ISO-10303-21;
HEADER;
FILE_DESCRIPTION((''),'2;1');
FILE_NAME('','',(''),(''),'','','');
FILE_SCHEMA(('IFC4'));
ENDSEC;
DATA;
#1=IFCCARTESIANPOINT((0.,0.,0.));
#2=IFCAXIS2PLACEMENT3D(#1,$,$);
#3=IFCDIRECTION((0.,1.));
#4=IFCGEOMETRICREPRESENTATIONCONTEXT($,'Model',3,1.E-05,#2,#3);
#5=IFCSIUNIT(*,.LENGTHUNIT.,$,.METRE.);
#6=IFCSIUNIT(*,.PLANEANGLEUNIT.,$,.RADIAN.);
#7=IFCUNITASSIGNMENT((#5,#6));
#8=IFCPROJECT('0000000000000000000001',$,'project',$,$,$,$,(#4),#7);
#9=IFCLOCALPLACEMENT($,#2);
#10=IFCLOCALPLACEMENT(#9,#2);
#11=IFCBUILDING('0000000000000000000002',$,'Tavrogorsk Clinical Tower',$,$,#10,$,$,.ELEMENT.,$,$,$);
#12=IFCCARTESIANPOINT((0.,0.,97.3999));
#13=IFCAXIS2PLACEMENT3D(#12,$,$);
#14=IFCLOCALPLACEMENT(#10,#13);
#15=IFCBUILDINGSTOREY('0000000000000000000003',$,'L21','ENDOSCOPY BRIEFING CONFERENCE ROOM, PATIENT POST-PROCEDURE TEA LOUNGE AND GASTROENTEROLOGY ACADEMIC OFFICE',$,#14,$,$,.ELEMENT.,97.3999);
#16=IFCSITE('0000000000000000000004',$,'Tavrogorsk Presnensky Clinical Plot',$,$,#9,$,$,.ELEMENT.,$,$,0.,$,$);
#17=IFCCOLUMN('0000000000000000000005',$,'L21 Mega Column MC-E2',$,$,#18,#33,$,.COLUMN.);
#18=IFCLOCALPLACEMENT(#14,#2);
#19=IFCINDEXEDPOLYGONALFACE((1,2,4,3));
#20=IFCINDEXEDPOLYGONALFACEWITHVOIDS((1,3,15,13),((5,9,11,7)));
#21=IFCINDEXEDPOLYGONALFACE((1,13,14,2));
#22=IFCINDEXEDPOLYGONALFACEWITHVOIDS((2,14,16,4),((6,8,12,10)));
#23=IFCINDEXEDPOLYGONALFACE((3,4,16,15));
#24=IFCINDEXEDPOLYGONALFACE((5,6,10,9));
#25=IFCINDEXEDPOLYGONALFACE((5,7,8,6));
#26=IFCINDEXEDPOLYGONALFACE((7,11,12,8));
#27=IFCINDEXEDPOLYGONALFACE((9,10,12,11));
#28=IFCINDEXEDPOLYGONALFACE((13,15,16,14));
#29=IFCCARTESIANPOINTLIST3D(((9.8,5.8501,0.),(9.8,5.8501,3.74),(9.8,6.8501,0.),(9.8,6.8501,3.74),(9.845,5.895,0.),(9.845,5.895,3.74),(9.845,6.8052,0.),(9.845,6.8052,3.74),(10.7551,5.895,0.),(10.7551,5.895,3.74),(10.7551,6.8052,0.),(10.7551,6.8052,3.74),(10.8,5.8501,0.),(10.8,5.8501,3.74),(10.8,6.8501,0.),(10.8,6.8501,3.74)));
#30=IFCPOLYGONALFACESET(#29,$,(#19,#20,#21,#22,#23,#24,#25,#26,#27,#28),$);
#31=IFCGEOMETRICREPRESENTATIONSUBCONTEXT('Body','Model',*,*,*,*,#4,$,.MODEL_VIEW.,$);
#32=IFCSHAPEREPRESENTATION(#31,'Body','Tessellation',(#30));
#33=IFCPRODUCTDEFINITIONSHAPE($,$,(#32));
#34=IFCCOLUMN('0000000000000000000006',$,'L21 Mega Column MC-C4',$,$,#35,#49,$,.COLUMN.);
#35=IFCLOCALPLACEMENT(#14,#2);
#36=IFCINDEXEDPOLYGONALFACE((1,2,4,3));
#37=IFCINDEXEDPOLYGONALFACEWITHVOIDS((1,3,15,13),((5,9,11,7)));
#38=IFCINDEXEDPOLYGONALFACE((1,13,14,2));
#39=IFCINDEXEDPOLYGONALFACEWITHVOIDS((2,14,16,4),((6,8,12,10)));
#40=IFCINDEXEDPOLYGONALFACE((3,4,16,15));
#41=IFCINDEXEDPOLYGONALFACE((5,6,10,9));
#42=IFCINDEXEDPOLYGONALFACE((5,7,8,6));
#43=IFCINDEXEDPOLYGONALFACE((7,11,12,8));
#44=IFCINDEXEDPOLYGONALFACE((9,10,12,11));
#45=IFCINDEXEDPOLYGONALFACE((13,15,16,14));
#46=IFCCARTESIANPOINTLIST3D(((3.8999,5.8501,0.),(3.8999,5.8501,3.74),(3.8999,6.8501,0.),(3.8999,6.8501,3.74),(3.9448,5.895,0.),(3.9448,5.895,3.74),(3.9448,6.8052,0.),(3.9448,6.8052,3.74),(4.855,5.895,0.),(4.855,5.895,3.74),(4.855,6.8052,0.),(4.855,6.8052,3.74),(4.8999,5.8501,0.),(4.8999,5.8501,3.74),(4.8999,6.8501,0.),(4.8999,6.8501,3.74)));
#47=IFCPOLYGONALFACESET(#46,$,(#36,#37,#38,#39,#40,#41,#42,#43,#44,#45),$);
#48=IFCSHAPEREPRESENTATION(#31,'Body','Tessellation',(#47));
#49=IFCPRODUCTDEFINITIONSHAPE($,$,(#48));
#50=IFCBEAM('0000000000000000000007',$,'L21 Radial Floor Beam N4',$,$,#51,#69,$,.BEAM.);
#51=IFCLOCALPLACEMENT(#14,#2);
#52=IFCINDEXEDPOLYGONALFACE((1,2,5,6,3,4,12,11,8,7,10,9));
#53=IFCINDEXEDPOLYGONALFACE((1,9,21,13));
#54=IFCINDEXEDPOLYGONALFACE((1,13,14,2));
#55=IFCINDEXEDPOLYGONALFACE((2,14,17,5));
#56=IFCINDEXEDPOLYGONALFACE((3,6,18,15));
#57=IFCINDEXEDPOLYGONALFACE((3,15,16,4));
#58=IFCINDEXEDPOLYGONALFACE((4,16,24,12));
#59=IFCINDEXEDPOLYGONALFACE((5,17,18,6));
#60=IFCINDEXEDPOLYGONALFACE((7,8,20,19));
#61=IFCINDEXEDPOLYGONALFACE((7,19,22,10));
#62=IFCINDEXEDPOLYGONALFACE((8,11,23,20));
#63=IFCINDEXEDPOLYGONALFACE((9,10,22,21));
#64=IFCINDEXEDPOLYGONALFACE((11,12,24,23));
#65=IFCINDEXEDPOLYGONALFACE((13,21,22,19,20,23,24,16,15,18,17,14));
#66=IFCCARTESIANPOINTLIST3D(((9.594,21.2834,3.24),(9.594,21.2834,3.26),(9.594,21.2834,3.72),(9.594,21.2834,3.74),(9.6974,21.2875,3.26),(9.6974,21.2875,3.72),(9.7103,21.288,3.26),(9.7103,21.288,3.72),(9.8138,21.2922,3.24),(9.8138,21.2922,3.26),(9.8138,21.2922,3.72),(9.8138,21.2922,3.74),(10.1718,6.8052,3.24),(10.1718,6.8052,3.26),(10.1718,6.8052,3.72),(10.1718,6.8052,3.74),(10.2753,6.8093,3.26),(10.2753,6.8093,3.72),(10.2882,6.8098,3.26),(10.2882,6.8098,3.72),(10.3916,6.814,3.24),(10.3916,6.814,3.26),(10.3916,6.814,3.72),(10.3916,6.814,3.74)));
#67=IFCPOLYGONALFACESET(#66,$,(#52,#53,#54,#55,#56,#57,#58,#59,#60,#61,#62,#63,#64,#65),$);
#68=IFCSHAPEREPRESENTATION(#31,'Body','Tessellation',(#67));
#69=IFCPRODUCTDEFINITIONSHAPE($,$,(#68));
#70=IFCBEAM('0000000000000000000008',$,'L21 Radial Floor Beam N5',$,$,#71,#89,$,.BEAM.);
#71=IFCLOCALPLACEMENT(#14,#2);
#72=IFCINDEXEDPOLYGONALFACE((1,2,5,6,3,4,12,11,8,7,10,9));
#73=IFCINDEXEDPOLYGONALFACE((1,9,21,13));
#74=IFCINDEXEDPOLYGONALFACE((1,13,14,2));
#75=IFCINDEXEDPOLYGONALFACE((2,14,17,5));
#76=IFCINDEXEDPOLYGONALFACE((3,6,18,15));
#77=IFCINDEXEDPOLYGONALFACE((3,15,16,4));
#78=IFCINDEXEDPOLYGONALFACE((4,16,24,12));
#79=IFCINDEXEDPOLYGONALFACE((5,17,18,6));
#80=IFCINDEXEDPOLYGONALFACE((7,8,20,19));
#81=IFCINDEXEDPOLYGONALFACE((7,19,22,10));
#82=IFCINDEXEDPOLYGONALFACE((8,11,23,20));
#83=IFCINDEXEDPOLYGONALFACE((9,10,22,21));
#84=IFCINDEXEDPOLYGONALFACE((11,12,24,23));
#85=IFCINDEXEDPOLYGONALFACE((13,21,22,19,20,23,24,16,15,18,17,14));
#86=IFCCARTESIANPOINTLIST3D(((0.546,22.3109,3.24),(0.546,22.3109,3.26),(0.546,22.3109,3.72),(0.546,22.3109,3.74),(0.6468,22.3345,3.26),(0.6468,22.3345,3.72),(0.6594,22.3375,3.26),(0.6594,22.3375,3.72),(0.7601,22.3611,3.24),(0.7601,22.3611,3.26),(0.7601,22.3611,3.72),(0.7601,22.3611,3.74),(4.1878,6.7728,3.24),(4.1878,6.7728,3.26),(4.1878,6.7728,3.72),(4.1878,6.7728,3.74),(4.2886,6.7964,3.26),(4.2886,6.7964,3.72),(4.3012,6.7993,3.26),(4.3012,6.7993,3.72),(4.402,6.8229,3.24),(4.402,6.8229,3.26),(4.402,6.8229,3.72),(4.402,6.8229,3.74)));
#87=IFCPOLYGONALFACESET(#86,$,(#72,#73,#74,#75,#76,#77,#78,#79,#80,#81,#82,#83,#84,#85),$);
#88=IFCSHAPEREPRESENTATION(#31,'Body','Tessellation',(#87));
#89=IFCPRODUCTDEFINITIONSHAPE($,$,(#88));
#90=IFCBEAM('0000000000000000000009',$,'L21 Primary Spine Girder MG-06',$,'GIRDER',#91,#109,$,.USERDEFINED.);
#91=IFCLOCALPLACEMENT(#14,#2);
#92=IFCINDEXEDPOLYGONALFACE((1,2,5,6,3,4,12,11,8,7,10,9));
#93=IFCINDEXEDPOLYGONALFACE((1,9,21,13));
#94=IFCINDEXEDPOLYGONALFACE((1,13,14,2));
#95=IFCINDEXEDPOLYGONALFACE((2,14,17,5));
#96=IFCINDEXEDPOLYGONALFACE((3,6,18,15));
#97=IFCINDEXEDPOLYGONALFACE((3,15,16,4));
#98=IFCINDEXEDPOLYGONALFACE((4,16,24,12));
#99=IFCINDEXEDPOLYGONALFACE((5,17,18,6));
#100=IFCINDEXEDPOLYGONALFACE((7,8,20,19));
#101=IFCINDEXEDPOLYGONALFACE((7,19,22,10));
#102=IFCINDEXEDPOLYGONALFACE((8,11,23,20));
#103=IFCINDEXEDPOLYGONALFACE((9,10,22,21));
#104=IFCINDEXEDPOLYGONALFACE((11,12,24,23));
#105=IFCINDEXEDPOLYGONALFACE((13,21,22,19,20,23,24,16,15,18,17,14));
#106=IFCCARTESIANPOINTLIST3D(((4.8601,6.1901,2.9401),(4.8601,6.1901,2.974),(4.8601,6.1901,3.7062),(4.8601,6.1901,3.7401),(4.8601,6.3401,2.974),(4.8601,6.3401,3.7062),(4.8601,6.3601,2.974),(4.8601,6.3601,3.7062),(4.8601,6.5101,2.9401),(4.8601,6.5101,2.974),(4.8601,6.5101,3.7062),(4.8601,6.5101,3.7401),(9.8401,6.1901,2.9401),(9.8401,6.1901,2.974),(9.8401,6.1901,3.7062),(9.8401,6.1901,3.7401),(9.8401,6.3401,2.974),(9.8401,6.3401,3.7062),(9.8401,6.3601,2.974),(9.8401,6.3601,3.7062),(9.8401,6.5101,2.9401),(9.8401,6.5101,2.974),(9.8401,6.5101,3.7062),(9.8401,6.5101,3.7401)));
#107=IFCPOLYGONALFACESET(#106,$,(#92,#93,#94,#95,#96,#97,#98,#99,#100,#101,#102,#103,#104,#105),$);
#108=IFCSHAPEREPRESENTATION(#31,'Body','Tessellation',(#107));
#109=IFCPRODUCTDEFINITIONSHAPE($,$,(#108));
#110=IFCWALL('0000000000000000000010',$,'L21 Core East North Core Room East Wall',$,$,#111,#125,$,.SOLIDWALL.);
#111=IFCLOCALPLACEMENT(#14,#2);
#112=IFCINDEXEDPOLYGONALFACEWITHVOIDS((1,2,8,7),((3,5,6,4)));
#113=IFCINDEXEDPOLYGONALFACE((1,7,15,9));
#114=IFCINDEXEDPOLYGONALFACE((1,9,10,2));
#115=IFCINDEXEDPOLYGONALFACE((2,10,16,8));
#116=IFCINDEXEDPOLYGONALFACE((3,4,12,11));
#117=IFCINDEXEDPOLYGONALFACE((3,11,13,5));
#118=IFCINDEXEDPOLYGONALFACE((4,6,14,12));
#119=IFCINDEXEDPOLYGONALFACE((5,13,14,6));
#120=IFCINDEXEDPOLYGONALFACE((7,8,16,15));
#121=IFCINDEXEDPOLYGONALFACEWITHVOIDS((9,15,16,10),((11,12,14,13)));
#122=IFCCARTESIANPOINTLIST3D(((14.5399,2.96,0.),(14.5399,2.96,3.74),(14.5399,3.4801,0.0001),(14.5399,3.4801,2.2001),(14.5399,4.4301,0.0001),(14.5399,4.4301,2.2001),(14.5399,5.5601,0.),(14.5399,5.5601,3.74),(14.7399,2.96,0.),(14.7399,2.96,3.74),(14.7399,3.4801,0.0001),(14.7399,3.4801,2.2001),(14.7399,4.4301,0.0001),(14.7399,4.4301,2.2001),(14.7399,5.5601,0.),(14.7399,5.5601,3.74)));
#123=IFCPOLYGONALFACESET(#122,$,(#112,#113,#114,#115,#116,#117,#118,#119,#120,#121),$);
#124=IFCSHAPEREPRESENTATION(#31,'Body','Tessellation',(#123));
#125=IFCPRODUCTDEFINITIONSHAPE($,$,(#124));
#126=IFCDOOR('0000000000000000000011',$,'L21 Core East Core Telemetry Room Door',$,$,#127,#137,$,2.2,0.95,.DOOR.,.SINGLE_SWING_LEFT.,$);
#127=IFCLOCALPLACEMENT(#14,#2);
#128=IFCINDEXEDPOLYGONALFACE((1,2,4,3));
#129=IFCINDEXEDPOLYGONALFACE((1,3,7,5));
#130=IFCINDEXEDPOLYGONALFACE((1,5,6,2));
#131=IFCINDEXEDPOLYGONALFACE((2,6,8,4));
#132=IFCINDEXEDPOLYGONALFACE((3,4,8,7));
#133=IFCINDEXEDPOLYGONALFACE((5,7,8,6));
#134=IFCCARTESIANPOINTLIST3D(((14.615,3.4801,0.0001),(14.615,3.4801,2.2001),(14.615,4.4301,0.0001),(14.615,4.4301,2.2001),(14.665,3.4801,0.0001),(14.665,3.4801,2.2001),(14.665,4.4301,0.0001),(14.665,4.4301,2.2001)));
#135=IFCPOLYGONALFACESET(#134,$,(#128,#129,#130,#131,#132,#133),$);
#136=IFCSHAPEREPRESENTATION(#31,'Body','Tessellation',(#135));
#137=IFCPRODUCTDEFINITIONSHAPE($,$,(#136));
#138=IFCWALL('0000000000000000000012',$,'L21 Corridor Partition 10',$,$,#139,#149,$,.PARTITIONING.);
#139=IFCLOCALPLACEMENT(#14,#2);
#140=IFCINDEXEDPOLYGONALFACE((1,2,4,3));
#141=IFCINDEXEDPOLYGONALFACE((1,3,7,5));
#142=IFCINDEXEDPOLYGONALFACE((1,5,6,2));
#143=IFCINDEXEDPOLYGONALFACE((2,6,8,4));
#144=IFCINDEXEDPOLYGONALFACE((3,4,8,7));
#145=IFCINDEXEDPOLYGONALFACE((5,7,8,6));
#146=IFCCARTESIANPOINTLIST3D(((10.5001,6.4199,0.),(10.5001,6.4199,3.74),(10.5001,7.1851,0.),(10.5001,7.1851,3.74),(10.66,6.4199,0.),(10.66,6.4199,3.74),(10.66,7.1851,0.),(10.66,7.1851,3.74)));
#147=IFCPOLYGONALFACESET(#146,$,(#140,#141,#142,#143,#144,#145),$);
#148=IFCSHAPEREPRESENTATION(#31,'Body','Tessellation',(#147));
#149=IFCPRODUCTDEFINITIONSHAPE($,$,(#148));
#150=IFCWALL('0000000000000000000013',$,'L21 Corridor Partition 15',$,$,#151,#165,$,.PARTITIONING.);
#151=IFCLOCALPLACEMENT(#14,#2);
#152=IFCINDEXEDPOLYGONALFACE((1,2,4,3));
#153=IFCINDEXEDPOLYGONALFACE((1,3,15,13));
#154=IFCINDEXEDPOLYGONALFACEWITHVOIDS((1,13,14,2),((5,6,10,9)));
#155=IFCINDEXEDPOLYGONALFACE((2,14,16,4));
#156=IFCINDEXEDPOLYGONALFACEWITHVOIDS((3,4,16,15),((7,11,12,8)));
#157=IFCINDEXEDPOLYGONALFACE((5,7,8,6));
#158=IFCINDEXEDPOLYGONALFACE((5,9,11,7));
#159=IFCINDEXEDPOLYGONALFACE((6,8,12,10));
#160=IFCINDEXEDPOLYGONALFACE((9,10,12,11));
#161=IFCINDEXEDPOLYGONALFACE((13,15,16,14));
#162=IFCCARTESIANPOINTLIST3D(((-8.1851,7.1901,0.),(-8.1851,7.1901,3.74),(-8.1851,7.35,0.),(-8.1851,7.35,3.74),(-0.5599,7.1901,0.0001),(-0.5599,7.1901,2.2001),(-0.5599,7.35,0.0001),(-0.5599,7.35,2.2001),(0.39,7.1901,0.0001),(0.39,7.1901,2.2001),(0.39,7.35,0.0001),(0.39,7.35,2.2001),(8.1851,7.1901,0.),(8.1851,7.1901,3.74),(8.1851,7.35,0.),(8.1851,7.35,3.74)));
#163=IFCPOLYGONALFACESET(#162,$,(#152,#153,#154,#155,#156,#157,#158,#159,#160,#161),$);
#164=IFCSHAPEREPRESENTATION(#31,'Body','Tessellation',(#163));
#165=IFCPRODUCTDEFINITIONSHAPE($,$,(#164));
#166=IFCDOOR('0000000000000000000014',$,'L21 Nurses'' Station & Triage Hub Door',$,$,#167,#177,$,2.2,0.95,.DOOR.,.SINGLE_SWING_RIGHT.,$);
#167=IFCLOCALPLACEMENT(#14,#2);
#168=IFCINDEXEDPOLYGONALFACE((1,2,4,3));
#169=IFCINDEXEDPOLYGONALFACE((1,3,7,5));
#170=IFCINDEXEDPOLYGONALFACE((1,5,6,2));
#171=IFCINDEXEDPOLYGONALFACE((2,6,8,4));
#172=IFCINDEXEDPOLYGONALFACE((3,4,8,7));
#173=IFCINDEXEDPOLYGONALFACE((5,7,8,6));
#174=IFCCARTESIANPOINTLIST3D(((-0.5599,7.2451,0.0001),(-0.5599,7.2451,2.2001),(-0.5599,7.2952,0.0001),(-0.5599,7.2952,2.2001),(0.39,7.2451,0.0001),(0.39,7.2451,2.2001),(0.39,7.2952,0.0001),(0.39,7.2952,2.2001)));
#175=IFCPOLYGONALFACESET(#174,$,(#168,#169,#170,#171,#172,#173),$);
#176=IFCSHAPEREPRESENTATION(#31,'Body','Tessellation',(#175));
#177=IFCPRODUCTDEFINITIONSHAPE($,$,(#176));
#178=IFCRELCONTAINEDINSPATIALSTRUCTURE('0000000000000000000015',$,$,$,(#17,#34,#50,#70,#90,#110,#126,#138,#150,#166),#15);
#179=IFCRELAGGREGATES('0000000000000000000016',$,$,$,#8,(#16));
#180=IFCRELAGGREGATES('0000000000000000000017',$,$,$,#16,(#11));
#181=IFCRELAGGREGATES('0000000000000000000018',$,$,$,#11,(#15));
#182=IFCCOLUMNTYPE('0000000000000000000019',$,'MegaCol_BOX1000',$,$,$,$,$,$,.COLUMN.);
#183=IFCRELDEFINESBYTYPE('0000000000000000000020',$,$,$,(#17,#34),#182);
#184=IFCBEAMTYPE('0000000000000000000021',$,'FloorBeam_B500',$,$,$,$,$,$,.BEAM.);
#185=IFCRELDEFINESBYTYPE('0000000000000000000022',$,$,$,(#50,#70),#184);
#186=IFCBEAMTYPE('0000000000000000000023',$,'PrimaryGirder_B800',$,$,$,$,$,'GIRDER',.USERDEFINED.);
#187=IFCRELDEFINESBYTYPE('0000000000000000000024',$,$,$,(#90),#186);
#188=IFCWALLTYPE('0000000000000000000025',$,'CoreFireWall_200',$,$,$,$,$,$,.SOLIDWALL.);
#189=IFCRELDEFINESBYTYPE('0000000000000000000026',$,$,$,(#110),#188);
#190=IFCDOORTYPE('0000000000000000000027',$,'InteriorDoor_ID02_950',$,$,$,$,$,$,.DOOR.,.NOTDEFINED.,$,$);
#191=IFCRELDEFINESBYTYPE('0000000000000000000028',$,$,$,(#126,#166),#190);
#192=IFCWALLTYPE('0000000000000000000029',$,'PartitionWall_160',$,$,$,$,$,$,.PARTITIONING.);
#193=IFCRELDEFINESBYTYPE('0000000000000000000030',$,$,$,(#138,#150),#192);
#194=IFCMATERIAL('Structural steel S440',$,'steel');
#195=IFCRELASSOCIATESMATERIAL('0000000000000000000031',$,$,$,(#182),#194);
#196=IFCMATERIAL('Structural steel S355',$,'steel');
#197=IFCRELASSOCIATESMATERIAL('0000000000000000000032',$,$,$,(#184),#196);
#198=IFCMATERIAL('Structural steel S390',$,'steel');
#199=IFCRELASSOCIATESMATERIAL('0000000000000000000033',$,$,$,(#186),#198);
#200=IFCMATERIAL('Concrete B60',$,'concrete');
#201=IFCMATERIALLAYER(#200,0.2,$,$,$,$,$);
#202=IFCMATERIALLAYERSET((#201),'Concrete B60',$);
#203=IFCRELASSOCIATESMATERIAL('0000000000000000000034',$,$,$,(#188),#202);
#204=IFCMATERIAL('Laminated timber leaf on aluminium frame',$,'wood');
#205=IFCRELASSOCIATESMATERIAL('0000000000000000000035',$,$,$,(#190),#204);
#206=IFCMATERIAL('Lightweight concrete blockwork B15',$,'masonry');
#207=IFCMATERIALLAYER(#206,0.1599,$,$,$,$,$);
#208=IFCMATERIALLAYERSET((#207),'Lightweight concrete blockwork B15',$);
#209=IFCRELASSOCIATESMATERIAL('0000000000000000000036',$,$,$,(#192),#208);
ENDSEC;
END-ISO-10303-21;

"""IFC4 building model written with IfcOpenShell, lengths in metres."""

from ifc_helpers import new_model, si_unit, direction, frame, frame_2d, origin, origin_2d, place, context, subcontext, project, spatial, rectangle, hollow_rectangle, i_section, extrude, material, layer, layer_set, material_profile, profile_set, type_object, element, fill, save


model = new_model("IFC4")

# Units and contexts
model_context = context("Model", 3, precision=1e-05, world=origin(), true_north=direction((0.0, 1.0)))
body_context = subcontext(model_context, "Body", "Model", "MODEL_VIEW")
ifc_project = project(units=[si_unit("LENGTHUNIT", "METRE"), si_unit("PLANEANGLEUNIT", "RADIAN")], contexts=[model_context])

# Site, building, storey
site_placement = place(None, origin())
site = spatial("IfcSite", under=ifc_project, at=site_placement, Name="Tavrogorsk Presnensky Clinical Plot", CompositionType="ELEMENT", RefElevation=0.0)
building_placement = place(site_placement, origin())
building = spatial("IfcBuilding", under=site, at=building_placement, Name="Tavrogorsk Clinical Tower", CompositionType="ELEMENT")
storey_placement = place(building_placement, frame((0.0, 0.0, 97.3999)))
storey = spatial("IfcBuildingStorey", under=building, at=storey_placement, Name="L21", Description="ENDOSCOPY BRIEFING CONFERENCE ROOM, PATIENT POST-PROCEDURE TEA LOUNGE AND GASTROENTEROLOGY ACADEMIC OFFICE", CompositionType="ELEMENT", Elevation=97.3999)

# Columns
ifc_material_1 = material(Name="Structural steel S440", Category="steel")
ifc_material_profile_1 = material_profile(ifc_material_1, hollow_rectangle(XDim=1.0, YDim=1.0, WallThickness=0.0449, at=origin_2d()), Name="BOX-1000x1000x45")
ifc_profile_set_1 = profile_set([ifc_material_profile_1], Name="Structural steel S440")
column_type = type_object("IfcColumnType", Name="MegaCol_BOX1000", PredefinedType="COLUMN", material=ifc_profile_set_1)
for number, where, z_axis, x_axis, name in (
    (1, (10.3, 6.3501, 0.0), (0.0, 0.0, 1.0), (1.0, 0.0, 0.0), "L21 Mega Column MC-E2"),
    (2, (4.3999, 6.3501, 0.0), (0.0, 0.0, 1.0), (1.0, 0.0, 0.0), "L21 Mega Column MC-C4"),
):
    element("IfcColumn", number, at=place(storey_placement, frame(where, z_axis=z_axis, x_axis=x_axis)), inside=storey, type_object=column_type, Name=name, PredefinedType="COLUMN", context=body_context, shape_type="SweptSolid", body=[
        extrude(hollow_rectangle(XDim=1.0, YDim=1.0, WallThickness=0.0449, at=origin_2d()), origin(), (0.0, 0.0, 1.0), 3.74),
    ])

# Beams
ifc_material_2 = material(Name="Structural steel S355", Category="steel")
ifc_material_profile_2 = material_profile(ifc_material_2, i_section(OverallWidth=0.22, OverallDepth=0.5, WebThickness=0.0129, FlangeThickness=0.02, at=origin_2d()), Name="B-500x220x13x20")
ifc_profile_set_2 = profile_set([ifc_material_profile_2], Name="Structural steel S355")
beam_type_1 = type_object("IfcBeamType", Name="FloorBeam_B500", PredefinedType="BEAM", material=ifc_profile_set_2)
beam_1_placement = place(storey_placement, frame((10.2817, 6.8096, 3.49), z_axis=(-0.039882, 0.999204, 0.0), x_axis=(-0.999204, -0.039882, 0.0)))
element("IfcBeam", 3, at=beam_1_placement, inside=storey, type_object=beam_type_1, Name="L21 Radial Floor Beam N4", PredefinedType="BEAM", context=body_context, shape_type="SweptSolid", body=[
    extrude(i_section(OverallWidth=0.22, OverallDepth=0.5, WebThickness=0.0129, FlangeThickness=0.02, at=origin_2d()), origin(), (0.0, 0.0, 1.0), 14.4897),
])
beam_2_placement = place(storey_placement, frame((4.2949, 6.7979, 3.49), z_axis=(-0.228198, 0.973615, 0.0), x_axis=(-0.973615, -0.228198, 0.0)))
element("IfcBeam", 4, at=beam_2_placement, inside=storey, type_object=beam_type_1, Name="L21 Radial Floor Beam N5", PredefinedType="BEAM", context=body_context, shape_type="SweptSolid", body=[
    extrude(i_section(OverallWidth=0.22, OverallDepth=0.5, WebThickness=0.0129, FlangeThickness=0.02, at=origin_2d()), origin(), (0.0, 0.0, 1.0), 15.9592),
])
ifc_material_3 = material(Name="Structural steel S390", Category="steel")
ifc_material_profile_3 = material_profile(ifc_material_3, i_section(OverallWidth=0.3201, OverallDepth=0.8, WebThickness=0.02, FlangeThickness=0.0339, at=origin_2d()), Name="B-800x320x20x34")
ifc_profile_set_3 = profile_set([ifc_material_profile_3], Name="Structural steel S390")
beam_type_2 = type_object("IfcBeamType", Name="PrimaryGirder_B800", ElementType="GIRDER", PredefinedType="USERDEFINED", material=ifc_profile_set_3)
beam_3_placement = place(storey_placement, frame((4.8601, 6.3501, 3.3401), z_axis=(1.0, 0.0, 0.0), x_axis=(0.0, 1.0, 0.0)))
element("IfcBeam", 5, at=beam_3_placement, inside=storey, type_object=beam_type_2, Name="L21 Primary Spine Girder MG-06", ObjectType="GIRDER", PredefinedType="USERDEFINED", context=body_context, shape_type="SweptSolid", body=[
    extrude(i_section(OverallWidth=0.3201, OverallDepth=0.8, WebThickness=0.02, FlangeThickness=0.0339, at=origin_2d()), origin(), (0.0, 0.0, 1.0), 4.98),
])

# Wall, opening, door
ifc_material_4 = material(Name="Concrete B60", Category="concrete")
ifc_layer_1 = layer(ifc_material_4, 0.2)
ifc_layer_set_1 = layer_set([ifc_layer_1], Name="Concrete B60")
wall_type_1 = type_object("IfcWallType", Name="CoreFireWall_200", PredefinedType="SOLIDWALL", material=ifc_layer_set_1)
wall_1_placement = place(storey_placement, frame((14.6399, 2.96, 0.0), z_axis=(0.0, 0.0, 1.0), x_axis=(0.0, 1.0, 0.0)))
wall_1 = element("IfcWall", 6, at=wall_1_placement, inside=storey, type_object=wall_type_1, Name="L21 Core East North Core Room East Wall", PredefinedType="SOLIDWALL", context=body_context, shape_type="SweptSolid", body=[
    extrude(rectangle(XDim=2.6001, YDim=0.2, at=frame_2d((1.3, 0.0))), origin(), (0.0, 0.0, 1.0), 3.74),
])
opening_1_placement = place(wall_1_placement, frame((0.52, 0.0, 0.0)))
opening_1 = element("IfcOpeningElement", 7, at=opening_1_placement, cuts=wall_1, PredefinedType="OPENING", context=body_context, shape_type="SweptSolid", body=[
    extrude(rectangle(XDim=0.95, YDim=2.2, at=frame_2d((0.4751, 1.1001))), frame((0.0, 0.1099, 0.0), z_axis=(0.0, -1.0, 0.0), x_axis=(1.0, 0.0, 0.0)), (0.0, 0.0, 1.0), 0.22),
])
ifc_material_5 = material(Name="Laminated timber leaf on aluminium frame", Category="wood")
door_type_1 = type_object("IfcDoorType", Name="InteriorDoor_ID02_950", OperationType="NOTDEFINED", PredefinedType="DOOR", material=ifc_material_5)
door_1_placement = place(opening_1_placement, origin())
door_1 = element("IfcDoor", 8, at=door_1_placement, inside=storey, type_object=door_type_1, Name="L21 Core East Core Telemetry Room Door", OperationType="SINGLE_SWING_LEFT", OverallHeight=2.2, OverallWidth=0.95, PredefinedType="DOOR", context=body_context, shape_type="SweptSolid", body=[
    extrude(rectangle(XDim=0.95, YDim=2.2, at=frame_2d((0.4751, 1.1001))), frame((0.0, 0.0249, 0.0), z_axis=(0.0, -1.0, 0.0), x_axis=(1.0, 0.0, 0.0)), (0.0, 0.0, 1.0), 0.05),
])
fill(opening_1, door_1)

# Wall
ifc_material_6 = material(Name="Lightweight concrete blockwork B15", Category="masonry")
ifc_layer_2 = layer(ifc_material_6, 0.1599)
ifc_layer_set_2 = layer_set([ifc_layer_2], Name="Lightweight concrete blockwork B15")
wall_type_2 = type_object("IfcWallType", Name="PartitionWall_160", PredefinedType="PARTITIONING", material=ifc_layer_set_2)
wall_2_placement = place(storey_placement, frame((10.5801, 7.1851, 0.0), z_axis=(0.0, 0.0, 1.0), x_axis=(0.0, -1.0, 0.0)))
element("IfcWall", 9, at=wall_2_placement, inside=storey, type_object=wall_type_2, Name="L21 Corridor Partition 10", PredefinedType="PARTITIONING", context=body_context, shape_type="SweptSolid", body=[
    extrude(rectangle(XDim=0.7651, YDim=0.1599, at=frame_2d((0.3826, 0.0))), origin(), (0.0, 0.0, 1.0), 3.74),
])

# Wall, opening, door
wall_3_placement = place(storey_placement, frame((8.1851, 7.27, 0.0), z_axis=(0.0, 0.0, 1.0), x_axis=(-1.0, 0.0, 0.0)))
wall_3 = element("IfcWall", 10, at=wall_3_placement, inside=storey, type_object=wall_type_2, Name="L21 Corridor Partition 15", PredefinedType="PARTITIONING", context=body_context, shape_type="SweptSolid", body=[
    extrude(rectangle(XDim=16.3701, YDim=0.1599, at=frame_2d((8.1851, 0.0))), origin(), (0.0, 0.0, 1.0), 3.74),
])
opening_2_placement = place(wall_3_placement, frame((7.7949, 0.0, 0.0)))
opening_2 = element("IfcOpeningElement", 11, at=opening_2_placement, cuts=wall_3, PredefinedType="OPENING", context=body_context, shape_type="SweptSolid", body=[
    extrude(rectangle(XDim=0.95, YDim=2.2, at=frame_2d((0.4751, 1.1001))), frame((0.0, 0.0898, 0.0), z_axis=(0.0, -1.0, 0.0), x_axis=(1.0, 0.0, 0.0)), (0.0, 0.0, 1.0), 0.1799),
])
door_2_placement = place(opening_2_placement, origin())
door_2 = element("IfcDoor", 12, at=door_2_placement, inside=storey, type_object=door_type_1, Name="L21 Nurses' Station & Triage Hub Door", OperationType="SINGLE_SWING_RIGHT", OverallHeight=2.2, OverallWidth=0.95, PredefinedType="DOOR", context=body_context, shape_type="SweptSolid", body=[
    extrude(rectangle(XDim=0.95, YDim=2.2, at=frame_2d((0.4751, 1.1001))), frame((0.0, 0.0249, 0.0), z_axis=(0.0, -1.0, 0.0), x_axis=(1.0, 0.0, 0.0)), (0.0, 0.0, 1.0), 0.05),
])
fill(opening_2, door_2)

save(model, "model.ifc")
